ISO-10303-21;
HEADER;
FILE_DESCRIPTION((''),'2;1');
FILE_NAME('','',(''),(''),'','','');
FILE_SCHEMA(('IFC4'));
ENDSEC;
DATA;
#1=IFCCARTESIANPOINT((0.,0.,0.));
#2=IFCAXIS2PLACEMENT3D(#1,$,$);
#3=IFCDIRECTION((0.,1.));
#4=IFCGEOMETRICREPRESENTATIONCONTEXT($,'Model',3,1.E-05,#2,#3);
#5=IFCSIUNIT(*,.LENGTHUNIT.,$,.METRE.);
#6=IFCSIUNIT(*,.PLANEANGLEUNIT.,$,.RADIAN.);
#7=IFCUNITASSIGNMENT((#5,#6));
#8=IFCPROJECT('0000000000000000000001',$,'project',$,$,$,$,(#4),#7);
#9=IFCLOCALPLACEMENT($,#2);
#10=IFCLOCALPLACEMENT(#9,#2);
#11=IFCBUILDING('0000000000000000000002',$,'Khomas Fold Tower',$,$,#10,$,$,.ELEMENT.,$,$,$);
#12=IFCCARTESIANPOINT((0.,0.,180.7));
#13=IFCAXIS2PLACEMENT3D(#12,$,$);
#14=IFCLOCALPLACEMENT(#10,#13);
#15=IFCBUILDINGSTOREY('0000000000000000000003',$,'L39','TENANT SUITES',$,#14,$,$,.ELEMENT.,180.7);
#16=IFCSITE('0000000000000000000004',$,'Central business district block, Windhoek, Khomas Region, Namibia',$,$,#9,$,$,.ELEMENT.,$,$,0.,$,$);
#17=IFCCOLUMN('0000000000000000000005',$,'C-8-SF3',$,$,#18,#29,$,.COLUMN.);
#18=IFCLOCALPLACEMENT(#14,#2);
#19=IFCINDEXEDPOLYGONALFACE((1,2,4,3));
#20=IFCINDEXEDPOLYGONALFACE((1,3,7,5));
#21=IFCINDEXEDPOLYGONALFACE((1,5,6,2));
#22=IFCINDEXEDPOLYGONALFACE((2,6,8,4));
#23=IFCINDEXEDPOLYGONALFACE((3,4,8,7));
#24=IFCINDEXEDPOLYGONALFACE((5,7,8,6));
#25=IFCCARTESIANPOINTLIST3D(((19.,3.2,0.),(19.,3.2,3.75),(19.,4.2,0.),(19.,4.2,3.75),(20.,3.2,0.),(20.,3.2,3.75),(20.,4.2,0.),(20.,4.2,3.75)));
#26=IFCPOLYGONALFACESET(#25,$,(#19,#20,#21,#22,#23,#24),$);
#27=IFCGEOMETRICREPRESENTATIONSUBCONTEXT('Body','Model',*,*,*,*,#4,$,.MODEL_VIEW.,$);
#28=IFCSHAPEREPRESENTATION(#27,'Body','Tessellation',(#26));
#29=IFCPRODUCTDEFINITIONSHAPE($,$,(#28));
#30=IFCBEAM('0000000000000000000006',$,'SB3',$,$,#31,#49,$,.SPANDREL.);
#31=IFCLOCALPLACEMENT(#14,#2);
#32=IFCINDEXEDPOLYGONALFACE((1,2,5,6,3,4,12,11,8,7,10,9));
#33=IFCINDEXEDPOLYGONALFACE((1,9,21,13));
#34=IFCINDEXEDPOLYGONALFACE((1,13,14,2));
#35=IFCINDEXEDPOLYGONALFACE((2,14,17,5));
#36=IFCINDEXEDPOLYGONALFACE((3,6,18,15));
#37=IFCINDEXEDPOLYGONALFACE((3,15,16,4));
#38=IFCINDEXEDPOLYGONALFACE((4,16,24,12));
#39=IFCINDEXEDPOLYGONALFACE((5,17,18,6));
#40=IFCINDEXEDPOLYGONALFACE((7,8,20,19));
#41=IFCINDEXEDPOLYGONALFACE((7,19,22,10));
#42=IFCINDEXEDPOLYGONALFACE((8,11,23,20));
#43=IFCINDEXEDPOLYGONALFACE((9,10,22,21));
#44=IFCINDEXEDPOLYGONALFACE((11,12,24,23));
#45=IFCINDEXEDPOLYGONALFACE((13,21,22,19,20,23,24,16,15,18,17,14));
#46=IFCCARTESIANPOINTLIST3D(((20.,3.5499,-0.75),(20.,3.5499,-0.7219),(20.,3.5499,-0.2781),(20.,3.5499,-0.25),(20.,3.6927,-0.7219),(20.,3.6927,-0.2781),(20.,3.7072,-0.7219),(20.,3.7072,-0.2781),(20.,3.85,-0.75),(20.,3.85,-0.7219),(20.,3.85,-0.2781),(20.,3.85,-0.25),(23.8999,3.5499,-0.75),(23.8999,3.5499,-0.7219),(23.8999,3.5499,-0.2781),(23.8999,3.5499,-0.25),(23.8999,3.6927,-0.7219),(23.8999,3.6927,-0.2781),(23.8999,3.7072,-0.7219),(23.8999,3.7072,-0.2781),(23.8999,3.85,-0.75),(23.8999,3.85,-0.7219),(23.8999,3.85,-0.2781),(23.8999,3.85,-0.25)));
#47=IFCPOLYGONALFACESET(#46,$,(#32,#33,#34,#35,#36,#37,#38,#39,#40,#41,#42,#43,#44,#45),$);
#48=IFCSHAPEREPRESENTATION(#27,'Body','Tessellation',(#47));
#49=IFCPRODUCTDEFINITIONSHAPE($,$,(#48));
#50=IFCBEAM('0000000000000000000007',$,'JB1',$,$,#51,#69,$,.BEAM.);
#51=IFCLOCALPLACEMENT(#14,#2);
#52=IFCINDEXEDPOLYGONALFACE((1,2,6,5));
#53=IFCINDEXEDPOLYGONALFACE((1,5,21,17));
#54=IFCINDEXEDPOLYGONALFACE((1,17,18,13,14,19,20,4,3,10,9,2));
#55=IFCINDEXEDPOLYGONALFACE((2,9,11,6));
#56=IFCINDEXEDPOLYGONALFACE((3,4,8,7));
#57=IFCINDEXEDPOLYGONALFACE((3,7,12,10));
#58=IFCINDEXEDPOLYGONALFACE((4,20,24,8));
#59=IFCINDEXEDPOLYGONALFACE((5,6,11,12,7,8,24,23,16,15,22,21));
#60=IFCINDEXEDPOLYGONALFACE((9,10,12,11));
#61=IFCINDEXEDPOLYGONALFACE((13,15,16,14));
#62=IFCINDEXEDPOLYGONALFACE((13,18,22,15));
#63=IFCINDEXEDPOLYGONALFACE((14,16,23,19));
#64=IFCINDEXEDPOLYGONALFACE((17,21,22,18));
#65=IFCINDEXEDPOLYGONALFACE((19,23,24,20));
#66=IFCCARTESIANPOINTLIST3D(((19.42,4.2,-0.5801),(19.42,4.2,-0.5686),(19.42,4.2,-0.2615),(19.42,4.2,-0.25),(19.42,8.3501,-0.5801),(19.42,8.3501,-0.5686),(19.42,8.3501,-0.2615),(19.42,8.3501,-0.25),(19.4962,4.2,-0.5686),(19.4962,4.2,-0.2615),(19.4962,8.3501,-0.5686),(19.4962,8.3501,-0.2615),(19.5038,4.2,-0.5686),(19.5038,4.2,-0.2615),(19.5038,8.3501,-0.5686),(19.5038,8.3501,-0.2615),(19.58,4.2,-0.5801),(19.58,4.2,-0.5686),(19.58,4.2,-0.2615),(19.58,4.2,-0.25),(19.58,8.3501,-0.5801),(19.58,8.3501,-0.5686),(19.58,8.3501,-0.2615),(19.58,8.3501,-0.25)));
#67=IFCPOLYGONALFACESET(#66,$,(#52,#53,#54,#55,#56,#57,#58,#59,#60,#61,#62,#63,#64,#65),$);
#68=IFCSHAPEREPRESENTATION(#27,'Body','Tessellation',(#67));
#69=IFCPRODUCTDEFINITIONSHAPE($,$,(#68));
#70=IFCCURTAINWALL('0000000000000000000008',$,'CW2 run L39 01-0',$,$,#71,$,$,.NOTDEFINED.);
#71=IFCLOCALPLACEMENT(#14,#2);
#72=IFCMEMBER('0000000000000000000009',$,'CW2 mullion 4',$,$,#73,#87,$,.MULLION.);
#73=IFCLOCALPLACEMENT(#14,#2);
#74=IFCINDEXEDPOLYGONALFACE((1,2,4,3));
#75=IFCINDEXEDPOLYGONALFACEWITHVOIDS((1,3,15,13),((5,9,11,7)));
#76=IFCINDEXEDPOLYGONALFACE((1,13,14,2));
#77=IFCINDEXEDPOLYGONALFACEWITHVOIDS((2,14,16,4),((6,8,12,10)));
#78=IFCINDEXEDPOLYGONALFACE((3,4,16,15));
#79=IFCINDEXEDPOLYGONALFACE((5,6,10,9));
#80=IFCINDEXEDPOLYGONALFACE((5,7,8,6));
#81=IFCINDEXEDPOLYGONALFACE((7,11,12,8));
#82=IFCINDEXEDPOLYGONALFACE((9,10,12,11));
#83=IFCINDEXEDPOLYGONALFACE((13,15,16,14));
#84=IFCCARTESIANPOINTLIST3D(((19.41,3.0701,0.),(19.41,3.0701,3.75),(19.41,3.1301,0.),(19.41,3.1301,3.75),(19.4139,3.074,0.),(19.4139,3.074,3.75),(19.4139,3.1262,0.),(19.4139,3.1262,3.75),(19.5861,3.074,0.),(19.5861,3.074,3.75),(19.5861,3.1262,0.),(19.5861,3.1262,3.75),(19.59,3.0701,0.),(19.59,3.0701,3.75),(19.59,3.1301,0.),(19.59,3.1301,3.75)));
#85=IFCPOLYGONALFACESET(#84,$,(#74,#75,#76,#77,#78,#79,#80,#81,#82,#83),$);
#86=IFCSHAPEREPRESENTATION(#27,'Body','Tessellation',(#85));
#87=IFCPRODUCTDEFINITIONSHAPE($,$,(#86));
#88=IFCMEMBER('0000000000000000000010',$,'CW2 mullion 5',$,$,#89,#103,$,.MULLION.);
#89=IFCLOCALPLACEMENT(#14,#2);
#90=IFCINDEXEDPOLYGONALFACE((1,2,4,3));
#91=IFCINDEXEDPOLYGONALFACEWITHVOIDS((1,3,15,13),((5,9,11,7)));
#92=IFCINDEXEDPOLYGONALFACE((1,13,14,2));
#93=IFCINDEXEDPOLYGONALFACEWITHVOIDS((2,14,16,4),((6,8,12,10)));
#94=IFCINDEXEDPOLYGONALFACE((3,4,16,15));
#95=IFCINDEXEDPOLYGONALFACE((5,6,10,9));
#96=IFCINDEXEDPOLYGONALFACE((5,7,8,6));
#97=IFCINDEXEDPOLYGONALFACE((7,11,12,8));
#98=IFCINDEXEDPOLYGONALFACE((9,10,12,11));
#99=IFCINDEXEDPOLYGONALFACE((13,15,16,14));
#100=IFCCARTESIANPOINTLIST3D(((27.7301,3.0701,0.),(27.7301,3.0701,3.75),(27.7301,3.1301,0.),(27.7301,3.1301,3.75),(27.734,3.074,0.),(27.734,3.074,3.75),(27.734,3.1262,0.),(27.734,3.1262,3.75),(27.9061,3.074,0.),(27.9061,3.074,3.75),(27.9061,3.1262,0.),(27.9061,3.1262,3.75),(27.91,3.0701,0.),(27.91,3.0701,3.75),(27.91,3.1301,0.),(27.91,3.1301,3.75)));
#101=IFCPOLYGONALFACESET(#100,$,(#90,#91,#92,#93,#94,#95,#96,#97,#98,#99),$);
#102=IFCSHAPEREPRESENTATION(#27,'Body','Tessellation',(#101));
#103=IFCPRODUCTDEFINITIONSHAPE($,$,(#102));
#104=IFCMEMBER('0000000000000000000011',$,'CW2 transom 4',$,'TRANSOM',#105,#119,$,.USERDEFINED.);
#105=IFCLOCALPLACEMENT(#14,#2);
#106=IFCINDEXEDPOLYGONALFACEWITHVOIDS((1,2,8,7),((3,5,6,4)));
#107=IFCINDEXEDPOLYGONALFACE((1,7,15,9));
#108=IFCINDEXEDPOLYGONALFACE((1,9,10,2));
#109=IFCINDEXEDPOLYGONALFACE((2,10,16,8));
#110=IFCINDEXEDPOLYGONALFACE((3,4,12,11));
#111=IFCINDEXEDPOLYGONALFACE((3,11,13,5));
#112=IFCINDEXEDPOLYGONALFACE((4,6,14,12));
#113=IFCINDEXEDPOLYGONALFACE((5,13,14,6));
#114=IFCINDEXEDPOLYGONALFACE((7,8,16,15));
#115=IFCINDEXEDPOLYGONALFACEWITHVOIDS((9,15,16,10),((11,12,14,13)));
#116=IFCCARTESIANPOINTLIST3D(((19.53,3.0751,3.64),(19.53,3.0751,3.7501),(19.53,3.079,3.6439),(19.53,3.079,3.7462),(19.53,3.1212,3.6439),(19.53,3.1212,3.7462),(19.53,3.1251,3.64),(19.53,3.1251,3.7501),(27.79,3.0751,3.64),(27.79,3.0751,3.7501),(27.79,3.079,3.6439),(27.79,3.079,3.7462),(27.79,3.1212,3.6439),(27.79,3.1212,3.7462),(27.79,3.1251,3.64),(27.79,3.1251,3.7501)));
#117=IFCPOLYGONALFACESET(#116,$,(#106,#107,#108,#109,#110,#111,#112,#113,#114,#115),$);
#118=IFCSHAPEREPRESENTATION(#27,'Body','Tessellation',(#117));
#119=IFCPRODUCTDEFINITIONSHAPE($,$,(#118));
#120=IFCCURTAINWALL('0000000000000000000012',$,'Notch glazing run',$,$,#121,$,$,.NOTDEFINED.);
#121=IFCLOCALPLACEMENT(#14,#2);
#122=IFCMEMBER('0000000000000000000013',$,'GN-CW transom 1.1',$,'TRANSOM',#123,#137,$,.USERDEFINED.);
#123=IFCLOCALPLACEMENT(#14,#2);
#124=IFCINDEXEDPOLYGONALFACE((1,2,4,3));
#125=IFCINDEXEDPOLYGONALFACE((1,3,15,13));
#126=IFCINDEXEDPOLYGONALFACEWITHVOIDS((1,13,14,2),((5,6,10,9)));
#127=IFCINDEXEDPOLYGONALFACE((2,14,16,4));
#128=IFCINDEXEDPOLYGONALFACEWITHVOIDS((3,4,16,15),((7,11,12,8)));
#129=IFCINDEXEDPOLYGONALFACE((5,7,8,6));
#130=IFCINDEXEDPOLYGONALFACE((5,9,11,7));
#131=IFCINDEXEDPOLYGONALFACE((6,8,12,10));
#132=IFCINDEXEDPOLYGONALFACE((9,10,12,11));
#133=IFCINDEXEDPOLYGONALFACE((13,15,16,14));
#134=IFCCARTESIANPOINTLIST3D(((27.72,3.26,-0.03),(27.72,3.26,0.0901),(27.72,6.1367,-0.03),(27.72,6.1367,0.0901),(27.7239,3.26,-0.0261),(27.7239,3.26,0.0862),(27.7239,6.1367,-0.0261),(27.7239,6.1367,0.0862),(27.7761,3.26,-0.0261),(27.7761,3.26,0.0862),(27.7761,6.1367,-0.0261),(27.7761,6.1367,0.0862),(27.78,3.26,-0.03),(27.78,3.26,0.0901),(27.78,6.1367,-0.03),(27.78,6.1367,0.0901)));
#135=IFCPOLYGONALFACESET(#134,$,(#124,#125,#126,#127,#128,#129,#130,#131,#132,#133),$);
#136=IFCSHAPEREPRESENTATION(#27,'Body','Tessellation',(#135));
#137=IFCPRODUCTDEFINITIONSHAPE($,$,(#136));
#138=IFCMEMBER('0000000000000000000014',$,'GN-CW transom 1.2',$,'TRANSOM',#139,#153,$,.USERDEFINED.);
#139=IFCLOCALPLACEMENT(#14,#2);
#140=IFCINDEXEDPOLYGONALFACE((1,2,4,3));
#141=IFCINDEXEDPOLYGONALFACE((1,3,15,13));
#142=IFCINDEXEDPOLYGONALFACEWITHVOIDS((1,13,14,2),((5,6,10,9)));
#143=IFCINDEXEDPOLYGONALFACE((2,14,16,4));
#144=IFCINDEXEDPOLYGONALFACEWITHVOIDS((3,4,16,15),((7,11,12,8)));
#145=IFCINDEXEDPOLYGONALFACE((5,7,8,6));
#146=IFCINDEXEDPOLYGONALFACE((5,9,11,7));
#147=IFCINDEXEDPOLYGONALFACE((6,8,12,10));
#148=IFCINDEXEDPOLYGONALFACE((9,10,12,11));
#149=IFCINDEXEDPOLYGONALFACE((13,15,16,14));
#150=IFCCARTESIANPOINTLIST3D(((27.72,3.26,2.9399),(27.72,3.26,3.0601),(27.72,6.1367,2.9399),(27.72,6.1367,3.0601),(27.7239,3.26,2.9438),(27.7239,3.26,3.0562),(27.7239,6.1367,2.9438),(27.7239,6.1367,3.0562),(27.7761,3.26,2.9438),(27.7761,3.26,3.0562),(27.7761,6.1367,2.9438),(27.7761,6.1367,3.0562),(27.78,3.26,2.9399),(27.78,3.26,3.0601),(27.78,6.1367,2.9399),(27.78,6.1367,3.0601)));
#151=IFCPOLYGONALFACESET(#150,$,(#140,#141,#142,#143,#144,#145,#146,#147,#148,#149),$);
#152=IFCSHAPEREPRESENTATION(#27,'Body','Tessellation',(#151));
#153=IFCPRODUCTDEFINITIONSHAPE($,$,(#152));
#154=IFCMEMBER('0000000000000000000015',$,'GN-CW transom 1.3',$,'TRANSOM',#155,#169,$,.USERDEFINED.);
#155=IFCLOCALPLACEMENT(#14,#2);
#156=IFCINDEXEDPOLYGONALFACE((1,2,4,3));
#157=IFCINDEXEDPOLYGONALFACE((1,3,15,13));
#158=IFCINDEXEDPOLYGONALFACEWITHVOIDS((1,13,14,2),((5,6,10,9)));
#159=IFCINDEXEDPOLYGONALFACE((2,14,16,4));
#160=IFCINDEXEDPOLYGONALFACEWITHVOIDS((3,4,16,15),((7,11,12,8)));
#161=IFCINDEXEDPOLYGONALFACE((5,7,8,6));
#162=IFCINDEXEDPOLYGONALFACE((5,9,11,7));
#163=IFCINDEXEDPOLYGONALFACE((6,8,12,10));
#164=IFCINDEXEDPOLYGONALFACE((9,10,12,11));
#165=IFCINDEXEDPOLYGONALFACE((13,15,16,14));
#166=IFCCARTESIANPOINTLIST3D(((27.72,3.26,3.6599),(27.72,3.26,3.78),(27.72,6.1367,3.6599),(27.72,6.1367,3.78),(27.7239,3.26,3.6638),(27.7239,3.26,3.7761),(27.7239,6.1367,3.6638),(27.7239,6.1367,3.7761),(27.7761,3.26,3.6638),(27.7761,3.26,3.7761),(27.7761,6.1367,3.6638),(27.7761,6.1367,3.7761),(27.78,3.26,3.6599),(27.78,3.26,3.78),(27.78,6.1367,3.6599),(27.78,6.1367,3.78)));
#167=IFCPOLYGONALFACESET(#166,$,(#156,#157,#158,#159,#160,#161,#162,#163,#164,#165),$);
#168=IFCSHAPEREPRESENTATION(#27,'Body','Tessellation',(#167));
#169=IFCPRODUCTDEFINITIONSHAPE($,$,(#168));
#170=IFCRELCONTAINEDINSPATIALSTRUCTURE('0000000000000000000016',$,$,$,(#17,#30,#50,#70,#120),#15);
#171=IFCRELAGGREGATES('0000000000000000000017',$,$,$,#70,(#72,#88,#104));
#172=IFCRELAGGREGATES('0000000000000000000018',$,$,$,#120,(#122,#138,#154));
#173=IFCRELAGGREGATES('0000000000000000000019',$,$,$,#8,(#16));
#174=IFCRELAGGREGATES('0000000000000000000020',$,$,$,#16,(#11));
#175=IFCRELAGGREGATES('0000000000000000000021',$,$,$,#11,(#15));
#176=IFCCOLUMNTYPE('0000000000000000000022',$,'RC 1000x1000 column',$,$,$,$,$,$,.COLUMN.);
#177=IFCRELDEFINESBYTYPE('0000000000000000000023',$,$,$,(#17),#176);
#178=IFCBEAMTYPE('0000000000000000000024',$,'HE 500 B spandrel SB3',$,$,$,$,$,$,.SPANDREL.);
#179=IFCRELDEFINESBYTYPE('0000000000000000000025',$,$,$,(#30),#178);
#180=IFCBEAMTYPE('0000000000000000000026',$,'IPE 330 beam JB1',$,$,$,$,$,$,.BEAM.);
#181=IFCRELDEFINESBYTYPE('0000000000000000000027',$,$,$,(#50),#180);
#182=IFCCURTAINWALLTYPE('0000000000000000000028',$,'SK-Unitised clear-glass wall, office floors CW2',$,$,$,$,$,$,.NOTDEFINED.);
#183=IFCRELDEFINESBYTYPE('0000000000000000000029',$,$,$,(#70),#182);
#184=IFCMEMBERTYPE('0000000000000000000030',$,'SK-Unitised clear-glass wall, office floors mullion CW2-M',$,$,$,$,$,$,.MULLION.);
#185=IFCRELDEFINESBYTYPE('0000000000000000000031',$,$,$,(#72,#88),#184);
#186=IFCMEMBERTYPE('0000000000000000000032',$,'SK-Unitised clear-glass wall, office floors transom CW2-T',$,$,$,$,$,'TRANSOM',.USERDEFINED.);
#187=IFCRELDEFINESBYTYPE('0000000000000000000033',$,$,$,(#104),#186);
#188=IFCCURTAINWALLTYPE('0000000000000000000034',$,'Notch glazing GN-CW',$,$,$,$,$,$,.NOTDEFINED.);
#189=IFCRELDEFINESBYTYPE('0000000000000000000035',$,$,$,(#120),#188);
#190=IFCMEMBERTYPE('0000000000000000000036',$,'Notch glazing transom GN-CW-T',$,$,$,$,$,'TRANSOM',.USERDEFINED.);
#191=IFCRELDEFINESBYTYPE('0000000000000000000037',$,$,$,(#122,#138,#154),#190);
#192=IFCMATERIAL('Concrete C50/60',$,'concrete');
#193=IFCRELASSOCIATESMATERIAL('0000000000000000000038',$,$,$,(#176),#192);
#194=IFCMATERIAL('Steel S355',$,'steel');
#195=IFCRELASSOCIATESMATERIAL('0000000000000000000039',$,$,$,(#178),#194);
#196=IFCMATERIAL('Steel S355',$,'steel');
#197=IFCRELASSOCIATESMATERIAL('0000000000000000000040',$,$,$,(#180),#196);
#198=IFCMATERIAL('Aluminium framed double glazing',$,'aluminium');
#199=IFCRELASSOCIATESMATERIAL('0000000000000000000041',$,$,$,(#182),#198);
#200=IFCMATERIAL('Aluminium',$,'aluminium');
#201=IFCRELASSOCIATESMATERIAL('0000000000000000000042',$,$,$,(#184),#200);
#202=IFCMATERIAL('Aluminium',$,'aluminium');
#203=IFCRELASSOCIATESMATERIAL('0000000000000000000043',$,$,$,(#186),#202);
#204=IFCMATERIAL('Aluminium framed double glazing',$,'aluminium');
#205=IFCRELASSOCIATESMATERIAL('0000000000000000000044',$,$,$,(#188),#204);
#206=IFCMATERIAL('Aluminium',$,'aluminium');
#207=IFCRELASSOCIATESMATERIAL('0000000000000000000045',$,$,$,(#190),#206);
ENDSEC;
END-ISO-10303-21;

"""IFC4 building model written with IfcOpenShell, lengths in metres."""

from ifc_helpers import new_model, si_unit, direction, frame, origin, origin_2d, place, context, subcontext, project, spatial, rectangle, hollow_rectangle, i_section, extrude, source, transform, mapped, material, material_profile, profile_set, type_object, element, aggregate, save


model = new_model("IFC4")

# Units and contexts
model_context = context("Model", 3, precision=1e-05, world=origin(), true_north=direction((0.0, 1.0)))
body_context = subcontext(model_context, "Body", "Model", "MODEL_VIEW")
ifc_project = project(units=[si_unit("LENGTHUNIT", "METRE"), si_unit("PLANEANGLEUNIT", "RADIAN")], contexts=[model_context])

# Site, building, storey
site_placement = place(None, origin())
site = spatial("IfcSite", under=ifc_project, at=site_placement, Name="Central business district block, Windhoek, Khomas Region, Namibia", CompositionType="ELEMENT", RefElevation=0.0)
building_placement = place(site_placement, origin())
building = spatial("IfcBuilding", under=site, at=building_placement, Name="Khomas Fold Tower", CompositionType="ELEMENT")
storey_placement = place(building_placement, frame((0.0, 0.0, 180.7)))
storey = spatial("IfcBuildingStorey", under=building, at=storey_placement, Name="L39", Description="TENANT SUITES", CompositionType="ELEMENT", Elevation=180.7)

# Column
ifc_material_1 = material(Name="Concrete C50/60", Category="concrete")
ifc_material_profile_1 = material_profile(ifc_material_1, rectangle(XDim=1.0, YDim=1.0, at=origin_2d()), Name="RC 1000x1000")
ifc_profile_set_1 = profile_set([ifc_material_profile_1], Name="Concrete C50/60")
column_type = type_object("IfcColumnType", Name="RC 1000x1000 column", PredefinedType="COLUMN", material=ifc_profile_set_1)
shared_shape_1 = source(origin(), body_context, "Body", "SweptSolid", [
    extrude(rectangle(XDim=1.0, YDim=1.0, at=origin_2d()), origin(), (0.0, 0.0, 1.0), 3.75),
])
column_placement = place(storey_placement, frame((19.5, 3.7, 0.0), z_axis=(0.0, 0.0, 1.0), x_axis=(1.0, 0.0, 0.0)))
element("IfcColumn", 1, at=column_placement, inside=storey, type_object=column_type, Name="C-8-SF3", PredefinedType="COLUMN", context=body_context, shape_type="MappedRepresentation", body=[
    mapped(shared_shape_1, transform((0.0, 0.0, 0.0))),
])

# Beams
ifc_material_2 = material(Name="Steel S355", Category="steel")
ifc_material_profile_2 = material_profile(ifc_material_2, i_section(OverallWidth=0.3, OverallDepth=0.5, WebThickness=0.0144, FlangeThickness=0.0281, at=origin_2d()), Name="HE 500 B")
ifc_profile_set_2 = profile_set([ifc_material_profile_2], Name="Steel S355")
beam_type_1 = type_object("IfcBeamType", Name="HE 500 B spandrel SB3", PredefinedType="SPANDREL", material=ifc_profile_set_2)
shared_shape_2 = source(origin(), body_context, "Body", "SweptSolid", [
    extrude(i_section(OverallWidth=0.3, OverallDepth=0.5, WebThickness=0.0144, FlangeThickness=0.0281, at=origin_2d()), origin(), (0.0, 0.0, 1.0), 3.8999),
])
beam_1_placement = place(storey_placement, frame((20.0, 3.7, -0.5), z_axis=(1.0, 0.0, 0.0), x_axis=(0.0, 1.0, 0.0)))
element("IfcBeam", 2, at=beam_1_placement, inside=storey, type_object=beam_type_1, Name="SB3", PredefinedType="SPANDREL", context=body_context, shape_type="MappedRepresentation", body=[
    mapped(shared_shape_2, transform((0.0, 0.0, 0.0))),
])
ifc_material_3 = material(Name="Steel S355", Category="steel")
ifc_material_profile_3 = material_profile(ifc_material_3, i_section(OverallWidth=0.1599, OverallDepth=0.3301, WebThickness=0.0076, FlangeThickness=0.0115, at=origin_2d()), Name="IPE 330")
ifc_profile_set_3 = profile_set([ifc_material_profile_3], Name="Steel S355")
beam_type_2 = type_object("IfcBeamType", Name="IPE 330 beam JB1", PredefinedType="BEAM", material=ifc_profile_set_3)
shared_shape_3 = source(origin(), body_context, "Body", "SweptSolid", [
    extrude(i_section(OverallWidth=0.1599, OverallDepth=0.3301, WebThickness=0.0076, FlangeThickness=0.0115, at=origin_2d()), origin(), (0.0, 0.0, 1.0), 4.1501),
])
beam_2_placement = place(storey_placement, frame((19.5, 4.2, -0.415), z_axis=(0.0, 1.0, 0.0), x_axis=(-1.0, 0.0, 0.0)))
element("IfcBeam", 3, at=beam_2_placement, inside=storey, type_object=beam_type_2, Name="JB1", PredefinedType="BEAM", context=body_context, shape_type="MappedRepresentation", body=[
    mapped(shared_shape_3, transform((0.0, 0.0, 0.0))),
])

# Curtain walls, members
ifc_material_4 = material(Name="Aluminium framed double glazing", Category="aluminium")
curtain_wall_type_1 = type_object("IfcCurtainWallType", Name="SK-Unitised clear-glass wall, office floors CW2", PredefinedType="NOTDEFINED", material=ifc_material_4)
curtain_wall_1_placement = place(storey_placement, origin())
curtain_wall_1 = element("IfcCurtainWall", 4, at=curtain_wall_1_placement, inside=storey, type_object=curtain_wall_type_1, Name="CW2 run L39 01-0", PredefinedType="NOTDEFINED")
ifc_material_5 = material(Name="Aluminium", Category="aluminium")
ifc_material_profile_4 = material_profile(ifc_material_5, hollow_rectangle(XDim=0.0601, YDim=0.1799, WallThickness=0.0039, at=origin_2d()), Name="SK-Unitised clear-glass wall, office floors mullion CW2-M")
ifc_profile_set_4 = profile_set([ifc_material_profile_4], Name="Aluminium")
member_type_1 = type_object("IfcMemberType", Name="SK-Unitised clear-glass wall, office floors mullion CW2-M", PredefinedType="MULLION", material=ifc_profile_set_4)
shared_shape_4 = source(origin(), body_context, "Body", "SweptSolid", [
    extrude(hollow_rectangle(XDim=0.0601, YDim=0.1799, WallThickness=0.0039, at=origin_2d()), origin(), (0.0, 0.0, 1.0), 3.75),
])
member_1_placement = place(storey_placement, frame((19.5, 3.1001, 0.0), z_axis=(0.0, 0.0, 1.0), x_axis=(0.0, 1.0, 0.0)))
member_1 = element("IfcMember", 5, at=member_1_placement, type_object=member_type_1, Name="CW2 mullion 4", PredefinedType="MULLION", context=body_context, shape_type="MappedRepresentation", body=[
    mapped(shared_shape_4, transform((0.0, 0.0, 0.0))),
])
member_2_placement = place(storey_placement, frame((27.8201, 3.1001, 0.0), z_axis=(0.0, 0.0, 1.0), x_axis=(0.0, 1.0, 0.0)))
member_2 = element("IfcMember", 6, at=member_2_placement, type_object=member_type_1, Name="CW2 mullion 5", PredefinedType="MULLION", context=body_context, shape_type="MappedRepresentation", body=[
    mapped(shared_shape_4, transform((0.0, 0.0, 0.0))),
])
ifc_material_6 = material(Name="Aluminium", Category="aluminium")
ifc_material_profile_5 = material_profile(ifc_material_6, hollow_rectangle(XDim=0.05, YDim=0.1101, WallThickness=0.0039, at=origin_2d()), Name="SK-Unitised clear-glass wall, office floors transom CW2-T")
ifc_profile_set_5 = profile_set([ifc_material_profile_5], Name="Aluminium")
member_type_2 = type_object("IfcMemberType", Name="SK-Unitised clear-glass wall, office floors transom CW2-T", ElementType="TRANSOM", PredefinedType="USERDEFINED", material=ifc_profile_set_5)
shared_shape_5 = source(origin(), body_context, "Body", "SweptSolid", [
    extrude(hollow_rectangle(XDim=0.05, YDim=0.1101, WallThickness=0.0039, at=origin_2d()), origin(), (0.0, 0.0, 1.0), 8.26),
])
member_3_placement = place(storey_placement, frame((19.53, 3.1001, 3.6951), z_axis=(1.0, 0.0, 0.0), x_axis=(0.0, 1.0, 0.0)))
member_3 = element("IfcMember", 7, at=member_3_placement, type_object=member_type_2, Name="CW2 transom 4", ObjectType="TRANSOM", PredefinedType="USERDEFINED", context=body_context, shape_type="MappedRepresentation", body=[
    mapped(shared_shape_5, transform((0.0, 0.0, 0.0))),
])
ifc_material_7 = material(Name="Aluminium framed double glazing", Category="aluminium")
curtain_wall_type_2 = type_object("IfcCurtainWallType", Name="Notch glazing GN-CW", PredefinedType="NOTDEFINED", material=ifc_material_7)
curtain_wall_2_placement = place(storey_placement, origin())
curtain_wall_2 = element("IfcCurtainWall", 8, at=curtain_wall_2_placement, inside=storey, type_object=curtain_wall_type_2, Name="Notch glazing run", PredefinedType="NOTDEFINED")
ifc_material_8 = material(Name="Aluminium", Category="aluminium")
ifc_material_profile_6 = material_profile(ifc_material_8, hollow_rectangle(XDim=0.0601, YDim=0.1201, WallThickness=0.0039, at=origin_2d()), Name="Notch glazing transom GN-CW-T")
ifc_profile_set_6 = profile_set([ifc_material_profile_6], Name="Aluminium")
member_type_3 = type_object("IfcMemberType", Name="Notch glazing transom GN-CW-T", ElementType="TRANSOM", PredefinedType="USERDEFINED", material=ifc_profile_set_6)
shared_shape_6 = source(origin(), body_context, "Body", "SweptSolid", [
    extrude(hollow_rectangle(XDim=0.0601, YDim=0.1201, WallThickness=0.0039, at=origin_2d()), origin(), (0.0, 0.0, 1.0), 2.8767),
])
member_4_placement = place(storey_placement, frame((27.75, 3.26, 0.03), z_axis=(0.0, 1.0, 0.0), x_axis=(-1.0, 0.0, 0.0)))
member_4 = element("IfcMember", 9, at=member_4_placement, type_object=member_type_3, Name="GN-CW transom 1.1", ObjectType="TRANSOM", PredefinedType="USERDEFINED", context=body_context, shape_type="MappedRepresentation", body=[
    mapped(shared_shape_6, transform((0.0, 0.0, 0.0))),
])
member_5_placement = place(storey_placement, frame((27.75, 3.26, 3.0), z_axis=(0.0, 1.0, 0.0), x_axis=(-1.0, 0.0, 0.0)))
member_5 = element("IfcMember", 10, at=member_5_placement, type_object=member_type_3, Name="GN-CW transom 1.2", ObjectType="TRANSOM", PredefinedType="USERDEFINED", context=body_context, shape_type="MappedRepresentation", body=[
    mapped(shared_shape_6, transform((0.0, 0.0, 0.0))),
])
member_6_placement = place(storey_placement, frame((27.75, 3.26, 3.72), z_axis=(0.0, 1.0, 0.0), x_axis=(-1.0, 0.0, 0.0)))
member_6 = element("IfcMember", 11, at=member_6_placement, type_object=member_type_3, Name="GN-CW transom 1.3", ObjectType="TRANSOM", PredefinedType="USERDEFINED", context=body_context, shape_type="MappedRepresentation", body=[
    mapped(shared_shape_6, transform((0.0, 0.0, 0.0))),
])

aggregate(curtain_wall_1, [member_1, member_2, member_3])
aggregate(curtain_wall_2, [member_4, member_5, member_6])

save(model, "model.ifc")
